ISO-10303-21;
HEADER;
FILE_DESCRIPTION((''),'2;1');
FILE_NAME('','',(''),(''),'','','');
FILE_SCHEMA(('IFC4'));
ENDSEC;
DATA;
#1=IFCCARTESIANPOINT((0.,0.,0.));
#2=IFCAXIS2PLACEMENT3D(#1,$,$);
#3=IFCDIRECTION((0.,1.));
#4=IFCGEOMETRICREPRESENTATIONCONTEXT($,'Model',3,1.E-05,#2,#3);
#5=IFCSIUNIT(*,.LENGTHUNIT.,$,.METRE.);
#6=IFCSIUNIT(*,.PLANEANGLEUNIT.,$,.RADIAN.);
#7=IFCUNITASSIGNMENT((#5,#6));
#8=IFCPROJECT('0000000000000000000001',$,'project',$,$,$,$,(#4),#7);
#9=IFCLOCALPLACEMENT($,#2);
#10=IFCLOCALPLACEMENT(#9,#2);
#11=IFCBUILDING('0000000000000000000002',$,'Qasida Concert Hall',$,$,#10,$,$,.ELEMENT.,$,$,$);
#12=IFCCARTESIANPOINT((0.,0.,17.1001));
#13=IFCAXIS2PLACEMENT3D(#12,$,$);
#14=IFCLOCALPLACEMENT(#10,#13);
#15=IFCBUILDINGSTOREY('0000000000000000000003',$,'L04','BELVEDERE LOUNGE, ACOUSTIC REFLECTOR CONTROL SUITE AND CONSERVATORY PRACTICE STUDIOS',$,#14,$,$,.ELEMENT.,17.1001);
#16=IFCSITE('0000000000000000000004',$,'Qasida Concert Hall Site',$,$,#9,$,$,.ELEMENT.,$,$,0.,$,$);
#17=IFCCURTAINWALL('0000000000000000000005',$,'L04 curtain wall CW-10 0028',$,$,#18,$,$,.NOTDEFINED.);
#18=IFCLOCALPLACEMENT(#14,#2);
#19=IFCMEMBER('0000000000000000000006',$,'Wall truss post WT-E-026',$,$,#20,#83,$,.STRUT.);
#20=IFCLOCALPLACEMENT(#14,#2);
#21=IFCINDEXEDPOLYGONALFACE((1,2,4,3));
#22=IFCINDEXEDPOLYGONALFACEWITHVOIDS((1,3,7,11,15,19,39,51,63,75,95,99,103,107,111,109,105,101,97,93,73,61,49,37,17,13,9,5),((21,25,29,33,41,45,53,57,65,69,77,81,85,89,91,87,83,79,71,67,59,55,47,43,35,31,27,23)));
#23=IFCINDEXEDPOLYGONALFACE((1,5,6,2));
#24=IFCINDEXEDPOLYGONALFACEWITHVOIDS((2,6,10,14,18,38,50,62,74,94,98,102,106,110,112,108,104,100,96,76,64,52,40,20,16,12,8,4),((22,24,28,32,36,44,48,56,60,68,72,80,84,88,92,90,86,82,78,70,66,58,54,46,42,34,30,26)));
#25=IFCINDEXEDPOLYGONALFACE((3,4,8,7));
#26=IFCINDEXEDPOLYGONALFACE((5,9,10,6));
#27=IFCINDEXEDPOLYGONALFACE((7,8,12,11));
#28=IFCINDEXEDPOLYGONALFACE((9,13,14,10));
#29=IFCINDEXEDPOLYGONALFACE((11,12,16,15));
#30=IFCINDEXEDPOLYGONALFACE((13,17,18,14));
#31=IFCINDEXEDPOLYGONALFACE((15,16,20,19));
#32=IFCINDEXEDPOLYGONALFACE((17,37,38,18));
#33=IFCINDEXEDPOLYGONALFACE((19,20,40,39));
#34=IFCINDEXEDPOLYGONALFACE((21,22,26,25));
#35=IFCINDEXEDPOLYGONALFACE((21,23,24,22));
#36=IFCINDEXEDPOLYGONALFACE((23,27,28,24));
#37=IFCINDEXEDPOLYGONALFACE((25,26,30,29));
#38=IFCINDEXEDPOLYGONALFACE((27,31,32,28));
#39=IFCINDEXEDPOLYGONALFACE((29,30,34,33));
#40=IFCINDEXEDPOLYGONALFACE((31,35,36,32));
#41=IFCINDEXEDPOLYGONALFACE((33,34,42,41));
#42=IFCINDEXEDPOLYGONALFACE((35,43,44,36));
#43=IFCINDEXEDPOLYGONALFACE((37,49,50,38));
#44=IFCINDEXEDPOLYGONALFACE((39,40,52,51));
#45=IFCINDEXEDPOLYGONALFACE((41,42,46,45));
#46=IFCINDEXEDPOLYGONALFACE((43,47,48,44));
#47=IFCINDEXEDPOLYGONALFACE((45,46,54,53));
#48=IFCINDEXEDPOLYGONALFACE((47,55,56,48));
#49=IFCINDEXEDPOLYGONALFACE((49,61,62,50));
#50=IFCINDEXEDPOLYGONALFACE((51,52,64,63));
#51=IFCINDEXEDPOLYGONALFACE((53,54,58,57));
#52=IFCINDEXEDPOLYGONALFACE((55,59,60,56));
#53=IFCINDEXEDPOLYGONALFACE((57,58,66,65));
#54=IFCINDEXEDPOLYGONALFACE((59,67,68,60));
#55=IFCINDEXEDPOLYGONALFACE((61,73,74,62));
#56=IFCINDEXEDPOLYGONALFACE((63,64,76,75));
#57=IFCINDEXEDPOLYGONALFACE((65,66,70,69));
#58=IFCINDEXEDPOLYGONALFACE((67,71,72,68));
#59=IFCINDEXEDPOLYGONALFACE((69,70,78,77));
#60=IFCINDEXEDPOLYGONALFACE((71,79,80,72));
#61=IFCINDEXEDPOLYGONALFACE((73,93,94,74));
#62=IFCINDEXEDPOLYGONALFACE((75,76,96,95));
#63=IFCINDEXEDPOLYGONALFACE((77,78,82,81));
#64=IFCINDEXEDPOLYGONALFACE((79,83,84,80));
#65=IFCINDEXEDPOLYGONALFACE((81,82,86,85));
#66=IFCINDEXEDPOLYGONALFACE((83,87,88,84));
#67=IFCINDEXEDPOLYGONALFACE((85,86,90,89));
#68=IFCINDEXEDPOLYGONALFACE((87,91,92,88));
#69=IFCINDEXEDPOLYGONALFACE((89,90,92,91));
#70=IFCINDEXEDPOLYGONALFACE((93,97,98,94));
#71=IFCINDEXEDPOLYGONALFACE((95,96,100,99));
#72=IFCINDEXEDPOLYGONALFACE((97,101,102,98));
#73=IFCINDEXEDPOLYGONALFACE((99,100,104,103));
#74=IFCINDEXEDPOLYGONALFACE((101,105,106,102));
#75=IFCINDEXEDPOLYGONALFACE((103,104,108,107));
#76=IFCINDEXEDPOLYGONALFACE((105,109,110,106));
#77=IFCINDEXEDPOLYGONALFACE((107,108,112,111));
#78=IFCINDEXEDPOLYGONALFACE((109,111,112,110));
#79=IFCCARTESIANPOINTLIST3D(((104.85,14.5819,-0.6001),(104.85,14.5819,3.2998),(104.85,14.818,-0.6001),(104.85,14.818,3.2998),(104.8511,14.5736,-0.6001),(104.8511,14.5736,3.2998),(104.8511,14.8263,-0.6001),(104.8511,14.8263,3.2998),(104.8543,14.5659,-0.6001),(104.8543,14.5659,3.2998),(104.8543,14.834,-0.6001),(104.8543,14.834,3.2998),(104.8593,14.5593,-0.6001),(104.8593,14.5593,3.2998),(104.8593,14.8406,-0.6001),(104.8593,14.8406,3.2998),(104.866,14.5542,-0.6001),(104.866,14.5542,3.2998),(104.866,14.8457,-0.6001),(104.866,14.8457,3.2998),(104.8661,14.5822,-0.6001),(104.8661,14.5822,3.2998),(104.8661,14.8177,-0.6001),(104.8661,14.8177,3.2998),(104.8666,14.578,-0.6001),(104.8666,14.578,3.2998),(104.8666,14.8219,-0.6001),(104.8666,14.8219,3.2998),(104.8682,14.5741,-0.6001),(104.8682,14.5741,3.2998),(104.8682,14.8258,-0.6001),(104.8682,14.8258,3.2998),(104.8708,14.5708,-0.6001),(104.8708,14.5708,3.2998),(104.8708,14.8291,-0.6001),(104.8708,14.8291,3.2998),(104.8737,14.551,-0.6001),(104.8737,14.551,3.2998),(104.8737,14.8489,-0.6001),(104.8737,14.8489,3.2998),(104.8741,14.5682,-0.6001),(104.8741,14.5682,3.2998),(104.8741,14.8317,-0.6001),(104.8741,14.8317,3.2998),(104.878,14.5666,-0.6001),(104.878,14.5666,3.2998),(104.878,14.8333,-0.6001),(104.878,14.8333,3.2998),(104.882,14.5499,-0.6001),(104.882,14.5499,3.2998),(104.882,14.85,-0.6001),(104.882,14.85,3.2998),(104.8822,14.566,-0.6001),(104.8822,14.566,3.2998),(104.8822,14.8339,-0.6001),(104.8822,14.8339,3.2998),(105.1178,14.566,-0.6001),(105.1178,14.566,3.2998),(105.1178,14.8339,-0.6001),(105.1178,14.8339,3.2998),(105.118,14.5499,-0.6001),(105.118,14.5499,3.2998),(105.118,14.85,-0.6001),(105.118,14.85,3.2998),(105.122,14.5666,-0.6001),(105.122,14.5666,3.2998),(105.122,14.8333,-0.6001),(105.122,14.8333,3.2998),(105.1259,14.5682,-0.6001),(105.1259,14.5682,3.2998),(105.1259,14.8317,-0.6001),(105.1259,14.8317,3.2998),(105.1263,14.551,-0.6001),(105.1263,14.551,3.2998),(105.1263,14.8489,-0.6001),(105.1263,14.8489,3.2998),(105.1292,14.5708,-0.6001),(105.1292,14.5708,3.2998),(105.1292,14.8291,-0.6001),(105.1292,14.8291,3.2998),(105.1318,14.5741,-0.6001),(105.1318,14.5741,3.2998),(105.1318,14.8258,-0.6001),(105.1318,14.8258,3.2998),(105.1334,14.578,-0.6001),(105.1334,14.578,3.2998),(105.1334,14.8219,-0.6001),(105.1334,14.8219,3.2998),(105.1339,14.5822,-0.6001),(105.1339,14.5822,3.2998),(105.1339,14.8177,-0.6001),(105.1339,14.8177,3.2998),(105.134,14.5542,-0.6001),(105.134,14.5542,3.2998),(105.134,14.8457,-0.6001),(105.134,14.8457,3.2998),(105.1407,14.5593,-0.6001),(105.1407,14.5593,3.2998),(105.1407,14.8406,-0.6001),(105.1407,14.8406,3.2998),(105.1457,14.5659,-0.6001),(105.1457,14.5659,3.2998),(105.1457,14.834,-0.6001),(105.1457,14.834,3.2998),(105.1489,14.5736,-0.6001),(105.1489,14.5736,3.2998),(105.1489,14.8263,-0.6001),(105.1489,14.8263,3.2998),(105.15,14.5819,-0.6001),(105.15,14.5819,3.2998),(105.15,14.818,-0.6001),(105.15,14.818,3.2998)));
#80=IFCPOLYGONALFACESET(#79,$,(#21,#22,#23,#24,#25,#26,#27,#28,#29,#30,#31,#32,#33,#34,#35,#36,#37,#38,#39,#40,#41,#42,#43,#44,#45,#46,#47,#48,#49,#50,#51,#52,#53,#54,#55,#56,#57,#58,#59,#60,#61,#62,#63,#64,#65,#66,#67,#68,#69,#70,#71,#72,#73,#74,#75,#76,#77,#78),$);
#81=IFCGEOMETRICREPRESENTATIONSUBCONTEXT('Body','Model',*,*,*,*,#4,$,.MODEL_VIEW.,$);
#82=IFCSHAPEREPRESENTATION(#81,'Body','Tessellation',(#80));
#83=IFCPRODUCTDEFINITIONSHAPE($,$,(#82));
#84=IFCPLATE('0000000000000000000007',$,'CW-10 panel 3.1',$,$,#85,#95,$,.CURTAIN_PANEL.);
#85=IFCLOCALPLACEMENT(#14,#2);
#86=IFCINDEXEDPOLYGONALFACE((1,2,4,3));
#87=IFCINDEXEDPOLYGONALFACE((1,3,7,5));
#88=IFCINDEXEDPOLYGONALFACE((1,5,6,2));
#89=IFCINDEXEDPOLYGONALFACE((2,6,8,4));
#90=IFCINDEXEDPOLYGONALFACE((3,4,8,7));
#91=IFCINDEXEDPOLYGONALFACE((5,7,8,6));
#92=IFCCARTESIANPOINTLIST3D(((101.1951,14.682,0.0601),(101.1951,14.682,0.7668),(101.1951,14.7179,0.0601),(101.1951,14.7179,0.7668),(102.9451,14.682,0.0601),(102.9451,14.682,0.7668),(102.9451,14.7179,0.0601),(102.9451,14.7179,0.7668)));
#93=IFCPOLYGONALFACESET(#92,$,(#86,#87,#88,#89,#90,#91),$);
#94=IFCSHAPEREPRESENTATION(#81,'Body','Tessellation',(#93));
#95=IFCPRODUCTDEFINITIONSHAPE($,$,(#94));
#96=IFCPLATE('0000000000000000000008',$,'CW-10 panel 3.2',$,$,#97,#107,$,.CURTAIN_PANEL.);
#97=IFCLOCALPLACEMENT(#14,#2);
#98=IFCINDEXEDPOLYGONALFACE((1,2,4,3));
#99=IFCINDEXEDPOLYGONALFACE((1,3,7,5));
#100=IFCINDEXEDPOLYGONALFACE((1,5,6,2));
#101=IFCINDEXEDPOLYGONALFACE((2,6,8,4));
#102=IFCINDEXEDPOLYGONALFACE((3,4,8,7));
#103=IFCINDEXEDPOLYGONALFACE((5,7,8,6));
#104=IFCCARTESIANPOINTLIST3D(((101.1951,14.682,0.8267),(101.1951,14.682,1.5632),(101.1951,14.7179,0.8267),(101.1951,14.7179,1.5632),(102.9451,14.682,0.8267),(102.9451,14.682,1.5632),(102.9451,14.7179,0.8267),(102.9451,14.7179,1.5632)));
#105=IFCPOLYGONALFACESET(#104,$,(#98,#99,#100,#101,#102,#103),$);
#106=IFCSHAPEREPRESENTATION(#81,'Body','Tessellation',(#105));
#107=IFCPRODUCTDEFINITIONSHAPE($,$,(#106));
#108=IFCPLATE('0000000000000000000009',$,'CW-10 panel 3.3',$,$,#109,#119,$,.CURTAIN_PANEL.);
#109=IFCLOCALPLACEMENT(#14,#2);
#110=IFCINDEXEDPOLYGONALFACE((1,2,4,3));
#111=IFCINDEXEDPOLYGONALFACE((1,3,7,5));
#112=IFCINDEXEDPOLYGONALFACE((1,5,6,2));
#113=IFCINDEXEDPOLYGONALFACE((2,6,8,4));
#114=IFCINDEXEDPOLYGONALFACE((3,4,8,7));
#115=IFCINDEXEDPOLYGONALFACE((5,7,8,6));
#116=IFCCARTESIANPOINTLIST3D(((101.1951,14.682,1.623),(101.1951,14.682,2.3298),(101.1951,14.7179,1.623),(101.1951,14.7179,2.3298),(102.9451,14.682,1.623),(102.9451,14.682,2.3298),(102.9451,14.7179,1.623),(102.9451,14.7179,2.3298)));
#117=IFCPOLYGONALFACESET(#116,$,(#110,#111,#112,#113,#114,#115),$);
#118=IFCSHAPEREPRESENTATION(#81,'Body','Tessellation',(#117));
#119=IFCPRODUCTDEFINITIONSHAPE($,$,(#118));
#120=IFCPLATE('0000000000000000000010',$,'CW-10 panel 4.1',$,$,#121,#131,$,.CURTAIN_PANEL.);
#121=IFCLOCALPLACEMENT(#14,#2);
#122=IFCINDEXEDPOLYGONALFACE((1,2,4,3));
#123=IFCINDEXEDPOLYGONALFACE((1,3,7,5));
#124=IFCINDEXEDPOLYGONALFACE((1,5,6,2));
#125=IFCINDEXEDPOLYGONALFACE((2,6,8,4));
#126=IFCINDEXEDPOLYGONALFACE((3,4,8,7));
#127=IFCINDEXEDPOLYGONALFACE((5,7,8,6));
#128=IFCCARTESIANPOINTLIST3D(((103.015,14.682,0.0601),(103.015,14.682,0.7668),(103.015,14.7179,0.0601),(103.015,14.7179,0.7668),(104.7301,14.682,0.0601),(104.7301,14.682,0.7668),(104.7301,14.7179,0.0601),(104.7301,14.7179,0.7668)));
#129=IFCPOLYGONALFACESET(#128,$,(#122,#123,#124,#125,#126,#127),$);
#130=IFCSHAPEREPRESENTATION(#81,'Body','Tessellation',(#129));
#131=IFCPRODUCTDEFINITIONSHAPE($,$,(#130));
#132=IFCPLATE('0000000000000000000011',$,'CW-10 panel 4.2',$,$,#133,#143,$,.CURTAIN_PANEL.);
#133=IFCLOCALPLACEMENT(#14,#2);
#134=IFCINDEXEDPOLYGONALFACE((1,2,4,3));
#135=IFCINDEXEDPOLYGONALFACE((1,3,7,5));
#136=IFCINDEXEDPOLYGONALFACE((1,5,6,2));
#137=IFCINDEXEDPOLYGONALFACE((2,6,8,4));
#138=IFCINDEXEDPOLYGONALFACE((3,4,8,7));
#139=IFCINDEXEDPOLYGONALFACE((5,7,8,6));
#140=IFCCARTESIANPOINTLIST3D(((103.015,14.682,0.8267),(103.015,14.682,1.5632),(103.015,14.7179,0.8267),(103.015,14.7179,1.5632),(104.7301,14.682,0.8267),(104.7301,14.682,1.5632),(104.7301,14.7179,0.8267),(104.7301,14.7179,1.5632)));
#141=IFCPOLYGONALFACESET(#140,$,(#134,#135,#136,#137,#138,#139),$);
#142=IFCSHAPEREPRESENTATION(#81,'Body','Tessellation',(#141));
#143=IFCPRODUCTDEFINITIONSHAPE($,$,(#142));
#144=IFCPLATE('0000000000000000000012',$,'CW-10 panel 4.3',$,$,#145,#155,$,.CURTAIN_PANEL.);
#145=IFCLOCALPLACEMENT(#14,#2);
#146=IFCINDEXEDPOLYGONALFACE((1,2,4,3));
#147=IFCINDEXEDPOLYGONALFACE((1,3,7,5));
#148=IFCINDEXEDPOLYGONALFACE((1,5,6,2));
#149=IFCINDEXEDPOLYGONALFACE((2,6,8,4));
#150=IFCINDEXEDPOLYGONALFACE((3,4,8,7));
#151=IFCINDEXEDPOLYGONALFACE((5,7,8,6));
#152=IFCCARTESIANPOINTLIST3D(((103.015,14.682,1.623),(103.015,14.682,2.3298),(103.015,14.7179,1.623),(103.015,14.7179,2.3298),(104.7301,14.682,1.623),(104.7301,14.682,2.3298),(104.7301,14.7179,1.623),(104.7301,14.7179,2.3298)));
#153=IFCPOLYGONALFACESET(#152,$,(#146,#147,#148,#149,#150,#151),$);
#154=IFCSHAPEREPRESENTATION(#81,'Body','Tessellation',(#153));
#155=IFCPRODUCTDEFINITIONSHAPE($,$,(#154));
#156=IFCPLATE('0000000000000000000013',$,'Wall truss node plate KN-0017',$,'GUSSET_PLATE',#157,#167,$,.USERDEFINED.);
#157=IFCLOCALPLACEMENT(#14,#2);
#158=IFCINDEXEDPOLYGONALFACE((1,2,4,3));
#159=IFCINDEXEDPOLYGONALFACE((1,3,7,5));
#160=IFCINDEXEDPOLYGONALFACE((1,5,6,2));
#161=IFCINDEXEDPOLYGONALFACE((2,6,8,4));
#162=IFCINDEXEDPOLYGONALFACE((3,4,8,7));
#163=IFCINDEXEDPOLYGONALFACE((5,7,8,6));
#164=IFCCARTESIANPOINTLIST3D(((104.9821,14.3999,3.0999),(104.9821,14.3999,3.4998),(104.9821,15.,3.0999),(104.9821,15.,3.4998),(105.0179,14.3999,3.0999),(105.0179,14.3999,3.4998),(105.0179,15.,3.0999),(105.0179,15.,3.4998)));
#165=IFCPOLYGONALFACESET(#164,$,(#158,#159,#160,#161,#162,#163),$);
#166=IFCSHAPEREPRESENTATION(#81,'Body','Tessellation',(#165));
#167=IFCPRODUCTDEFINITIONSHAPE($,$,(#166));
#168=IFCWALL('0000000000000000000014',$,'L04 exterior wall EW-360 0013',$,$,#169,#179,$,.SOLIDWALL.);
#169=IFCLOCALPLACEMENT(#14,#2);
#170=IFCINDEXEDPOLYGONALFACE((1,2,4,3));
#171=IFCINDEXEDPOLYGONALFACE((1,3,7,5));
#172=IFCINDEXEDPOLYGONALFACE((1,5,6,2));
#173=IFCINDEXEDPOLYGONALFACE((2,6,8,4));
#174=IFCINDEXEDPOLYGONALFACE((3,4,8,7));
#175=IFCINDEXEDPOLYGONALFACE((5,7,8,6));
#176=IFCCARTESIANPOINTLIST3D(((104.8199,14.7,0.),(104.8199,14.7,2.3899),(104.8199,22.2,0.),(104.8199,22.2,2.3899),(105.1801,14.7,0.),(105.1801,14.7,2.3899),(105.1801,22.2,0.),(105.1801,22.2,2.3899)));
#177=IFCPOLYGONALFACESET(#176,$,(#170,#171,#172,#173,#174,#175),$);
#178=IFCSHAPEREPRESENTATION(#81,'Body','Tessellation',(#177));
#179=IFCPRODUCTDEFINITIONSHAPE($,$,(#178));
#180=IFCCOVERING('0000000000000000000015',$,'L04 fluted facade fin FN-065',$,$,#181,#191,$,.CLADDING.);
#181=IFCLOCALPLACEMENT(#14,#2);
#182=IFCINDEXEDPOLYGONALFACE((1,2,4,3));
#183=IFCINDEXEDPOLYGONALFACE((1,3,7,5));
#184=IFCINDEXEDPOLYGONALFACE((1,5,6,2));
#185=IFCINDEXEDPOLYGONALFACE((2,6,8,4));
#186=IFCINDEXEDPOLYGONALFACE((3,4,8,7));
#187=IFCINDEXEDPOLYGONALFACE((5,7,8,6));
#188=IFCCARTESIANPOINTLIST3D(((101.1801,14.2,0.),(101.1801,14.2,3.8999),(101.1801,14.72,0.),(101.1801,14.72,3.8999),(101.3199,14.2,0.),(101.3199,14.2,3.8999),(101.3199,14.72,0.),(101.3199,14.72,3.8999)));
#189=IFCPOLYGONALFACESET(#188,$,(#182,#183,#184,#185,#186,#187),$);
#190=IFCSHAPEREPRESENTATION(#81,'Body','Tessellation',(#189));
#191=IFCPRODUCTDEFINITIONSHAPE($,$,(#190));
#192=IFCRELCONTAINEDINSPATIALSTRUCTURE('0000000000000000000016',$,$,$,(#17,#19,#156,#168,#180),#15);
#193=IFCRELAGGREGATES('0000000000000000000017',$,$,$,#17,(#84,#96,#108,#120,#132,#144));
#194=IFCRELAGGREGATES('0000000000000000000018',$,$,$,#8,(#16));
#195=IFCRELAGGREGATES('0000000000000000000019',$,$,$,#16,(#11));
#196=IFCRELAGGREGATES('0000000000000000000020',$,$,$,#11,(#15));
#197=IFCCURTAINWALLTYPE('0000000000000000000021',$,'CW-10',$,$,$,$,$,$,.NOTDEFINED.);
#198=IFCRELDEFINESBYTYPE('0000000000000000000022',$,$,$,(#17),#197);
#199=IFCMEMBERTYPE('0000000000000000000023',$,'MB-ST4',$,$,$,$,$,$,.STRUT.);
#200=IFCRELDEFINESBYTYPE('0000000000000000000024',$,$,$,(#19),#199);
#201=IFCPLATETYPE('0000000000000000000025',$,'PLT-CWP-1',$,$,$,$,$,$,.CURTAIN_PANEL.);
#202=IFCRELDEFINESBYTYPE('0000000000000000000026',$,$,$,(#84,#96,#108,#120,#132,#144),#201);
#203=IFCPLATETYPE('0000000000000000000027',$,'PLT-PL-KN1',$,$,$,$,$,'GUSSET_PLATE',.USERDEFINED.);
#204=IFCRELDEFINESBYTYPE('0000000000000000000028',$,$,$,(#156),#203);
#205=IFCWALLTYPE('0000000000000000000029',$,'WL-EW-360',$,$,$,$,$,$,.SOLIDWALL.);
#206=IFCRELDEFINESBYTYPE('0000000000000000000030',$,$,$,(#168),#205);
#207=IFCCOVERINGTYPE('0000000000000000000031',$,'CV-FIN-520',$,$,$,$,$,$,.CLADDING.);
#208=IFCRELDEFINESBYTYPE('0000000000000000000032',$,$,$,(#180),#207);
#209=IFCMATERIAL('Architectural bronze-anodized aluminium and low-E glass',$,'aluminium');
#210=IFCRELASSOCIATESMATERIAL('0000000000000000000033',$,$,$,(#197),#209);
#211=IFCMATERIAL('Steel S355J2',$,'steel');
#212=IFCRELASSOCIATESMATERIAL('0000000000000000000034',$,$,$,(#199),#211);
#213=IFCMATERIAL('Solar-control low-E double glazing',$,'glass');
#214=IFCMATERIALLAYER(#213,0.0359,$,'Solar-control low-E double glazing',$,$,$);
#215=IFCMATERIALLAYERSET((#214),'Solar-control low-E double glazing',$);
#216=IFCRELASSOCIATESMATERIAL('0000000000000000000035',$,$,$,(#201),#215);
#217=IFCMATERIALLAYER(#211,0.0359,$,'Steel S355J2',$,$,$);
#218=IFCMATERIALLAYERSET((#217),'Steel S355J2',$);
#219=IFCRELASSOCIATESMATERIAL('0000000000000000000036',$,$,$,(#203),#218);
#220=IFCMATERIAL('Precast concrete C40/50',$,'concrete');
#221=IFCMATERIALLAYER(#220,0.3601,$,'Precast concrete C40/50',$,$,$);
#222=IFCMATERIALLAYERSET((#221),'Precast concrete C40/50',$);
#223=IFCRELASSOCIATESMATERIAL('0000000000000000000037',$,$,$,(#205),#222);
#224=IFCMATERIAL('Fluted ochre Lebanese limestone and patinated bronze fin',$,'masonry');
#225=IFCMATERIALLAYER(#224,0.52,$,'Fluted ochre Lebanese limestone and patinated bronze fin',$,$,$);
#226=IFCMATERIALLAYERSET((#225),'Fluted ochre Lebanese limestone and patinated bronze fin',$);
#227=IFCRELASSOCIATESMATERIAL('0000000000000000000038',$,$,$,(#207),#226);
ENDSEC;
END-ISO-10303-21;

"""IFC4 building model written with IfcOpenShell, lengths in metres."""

from ifc_helpers import new_model, si_unit, direction, frame, frame_2d, origin, origin_2d, place, context, subcontext, project, spatial, rectangle, hollow_rectangle, extrude, material, layer, layer_set, material_profile, profile_set, type_object, element, aggregate, save


model = new_model("IFC4")

# Units and contexts
model_context = context("Model", 3, precision=1e-05, world=origin(), true_north=direction((0.0, 1.0)))
body_context = subcontext(model_context, "Body", "Model", "MODEL_VIEW")
ifc_project = project(units=[si_unit("LENGTHUNIT", "METRE"), si_unit("PLANEANGLEUNIT", "RADIAN")], contexts=[model_context])

# Site, building, storey
site_placement = place(None, origin())
site = spatial("IfcSite", under=ifc_project, at=site_placement, Name="Qasida Concert Hall Site", CompositionType="ELEMENT", RefElevation=0.0)
building_placement = place(site_placement, origin())
building = spatial("IfcBuilding", under=site, at=building_placement, Name="Qasida Concert Hall", CompositionType="ELEMENT")
storey_placement = place(building_placement, frame((0.0, 0.0, 17.1001)))
storey = spatial("IfcBuildingStorey", under=building, at=storey_placement, Name="L04", Description="BELVEDERE LOUNGE, ACOUSTIC REFLECTOR CONTROL SUITE AND CONSERVATORY PRACTICE STUDIOS", CompositionType="ELEMENT", Elevation=17.1001)

# Curtain wall
ifc_material_1 = material(Name="Architectural bronze-anodized aluminium and low-E glass", Category="aluminium")
curtain_wall_type = type_object("IfcCurtainWallType", Name="CW-10", PredefinedType="NOTDEFINED", material=ifc_material_1)
curtain_wall_placement = place(storey_placement, origin())
curtain_wall = element("IfcCurtainWall", 1, at=curtain_wall_placement, inside=storey, type_object=curtain_wall_type, Name="L04 curtain wall CW-10 0028", PredefinedType="NOTDEFINED")

# Member
ifc_material_2 = material(Name="Steel S355J2", Category="steel")
ifc_material_profile_1 = material_profile(ifc_material_2, hollow_rectangle(XDim=0.3, YDim=0.3, WallThickness=0.0161, InnerFilletRadius=0.0161, OuterFilletRadius=0.032, at=origin_2d()), Name="SHS 300x300x16")
ifc_profile_set_1 = profile_set([ifc_material_profile_1], Name="Steel S355J2")
member_type_1 = type_object("IfcMemberType", Name="MB-ST4", PredefinedType="STRUT", material=ifc_profile_set_1)
member_1_placement = place(storey_placement, frame((105.0, 14.7, -0.6001), z_axis=(0.0, 0.0, 1.0), x_axis=(1.0, 0.0, 0.0)))
element("IfcMember", 2, at=member_1_placement, inside=storey, type_object=member_type_1, Name="Wall truss post WT-E-026", PredefinedType="STRUT", context=body_context, shape_type="SweptSolid", body=[
    extrude(hollow_rectangle(XDim=0.3, YDim=0.3, WallThickness=0.0161, InnerFilletRadius=0.0161, OuterFilletRadius=0.032, at=origin_2d()), origin(), (0.0, 0.0, 1.0), 3.8999),
])

# Plates
ifc_material_3 = material(Name="Solar-control low-E double glazing", Category="glass")
ifc_layer_1 = layer(ifc_material_3, 0.0359, Name="Solar-control low-E double glazing")
ifc_layer_set_1 = layer_set([ifc_layer_1], Name="Solar-control low-E double glazing")
plate_type_1 = type_object("IfcPlateType", Name="PLT-CWP-1", PredefinedType="CURTAIN_PANEL", material=ifc_layer_set_1)
plate_1_placement = place(storey_placement, frame((102.0701, 14.7, 0.0601), z_axis=(0.0, 0.0, 1.0), x_axis=(1.0, 0.0, 0.0)))
plate_1 = element("IfcPlate", 3, at=plate_1_placement, type_object=plate_type_1, Name="CW-10 panel 3.1", PredefinedType="CURTAIN_PANEL", context=body_context, shape_type="SweptSolid", body=[
    extrude(rectangle(XDim=1.75, YDim=0.0359, at=origin_2d()), origin(), (0.0, 0.0, 1.0), 0.7068),
])
plate_2_placement = place(storey_placement, frame((102.0701, 14.7, 0.8267), z_axis=(0.0, 0.0, 1.0), x_axis=(1.0, 0.0, 0.0)))
plate_2 = element("IfcPlate", 4, at=plate_2_placement, type_object=plate_type_1, Name="CW-10 panel 3.2", PredefinedType="CURTAIN_PANEL", context=body_context, shape_type="SweptSolid", body=[
    extrude(rectangle(XDim=1.75, YDim=0.0359, at=origin_2d()), origin(), (0.0, 0.0, 1.0), 0.7366),
])
plate_3_placement = place(storey_placement, frame((102.0701, 14.7, 1.623), z_axis=(0.0, 0.0, 1.0), x_axis=(1.0, 0.0, 0.0)))
plate_3 = element("IfcPlate", 5, at=plate_3_placement, type_object=plate_type_1, Name="CW-10 panel 3.3", PredefinedType="CURTAIN_PANEL", context=body_context, shape_type="SweptSolid", body=[
    extrude(rectangle(XDim=1.75, YDim=0.0359, at=origin_2d()), origin(), (0.0, 0.0, 1.0), 0.7068),
])
plate_4_placement = place(storey_placement, frame((103.8726, 14.7, 0.0601), z_axis=(0.0, 0.0, 1.0), x_axis=(1.0, 0.0, 0.0)))
plate_4 = element("IfcPlate", 6, at=plate_4_placement, type_object=plate_type_1, Name="CW-10 panel 4.1", PredefinedType="CURTAIN_PANEL", context=body_context, shape_type="SweptSolid", body=[
    extrude(rectangle(XDim=1.7151, YDim=0.0359, at=origin_2d()), origin(), (0.0, 0.0, 1.0), 0.7068),
])
plate_5_placement = place(storey_placement, frame((103.8726, 14.7, 0.8267), z_axis=(0.0, 0.0, 1.0), x_axis=(1.0, 0.0, 0.0)))
plate_5 = element("IfcPlate", 7, at=plate_5_placement, type_object=plate_type_1, Name="CW-10 panel 4.2", PredefinedType="CURTAIN_PANEL", context=body_context, shape_type="SweptSolid", body=[
    extrude(rectangle(XDim=1.7151, YDim=0.0359, at=origin_2d()), origin(), (0.0, 0.0, 1.0), 0.7366),
])
plate_6_placement = place(storey_placement, frame((103.8726, 14.7, 1.623), z_axis=(0.0, 0.0, 1.0), x_axis=(1.0, 0.0, 0.0)))
plate_6 = element("IfcPlate", 8, at=plate_6_placement, type_object=plate_type_1, Name="CW-10 panel 4.3", PredefinedType="CURTAIN_PANEL", context=body_context, shape_type="SweptSolid", body=[
    extrude(rectangle(XDim=1.7151, YDim=0.0359, at=origin_2d()), origin(), (0.0, 0.0, 1.0), 0.7068),
])
aggregate(curtain_wall, [plate_1, plate_2, plate_3, plate_4, plate_5, plate_6])
ifc_layer_2 = layer(ifc_material_2, 0.0359, Name="Steel S355J2")
ifc_layer_set_2 = layer_set([ifc_layer_2], Name="Steel S355J2")
plate_type_2 = type_object("IfcPlateType", Name="PLT-PL-KN1", ElementType="GUSSET_PLATE", PredefinedType="USERDEFINED", material=ifc_layer_set_2)
plate_7_placement = place(storey_placement, frame((105.0, 14.7, 3.0999), z_axis=(0.0, 0.0, 1.0), x_axis=(1.0, 0.0, 0.0)))
element("IfcPlate", 9, at=plate_7_placement, inside=storey, type_object=plate_type_2, Name="Wall truss node plate KN-0017", ObjectType="GUSSET_PLATE", PredefinedType="USERDEFINED", context=body_context, shape_type="SweptSolid", body=[
    extrude(rectangle(XDim=0.0359, YDim=0.6001, at=origin_2d()), origin(), (0.0, 0.0, 1.0), 0.3999),
])

# Wall
ifc_material_4 = material(Name="Precast concrete C40/50", Category="concrete")
ifc_layer_3 = layer(ifc_material_4, 0.3601, Name="Precast concrete C40/50")
ifc_layer_set_3 = layer_set([ifc_layer_3], Name="Precast concrete C40/50")
wall_type = type_object("IfcWallType", Name="WL-EW-360", PredefinedType="SOLIDWALL", material=ifc_layer_set_3)
wall_placement = place(storey_placement, frame((105.0, 14.7, 0.0), z_axis=(0.0, 0.0, 1.0), x_axis=(0.0, 1.0, 0.0)))
element("IfcWall", 10, at=wall_placement, inside=storey, type_object=wall_type, Name="L04 exterior wall EW-360 0013", PredefinedType="SOLIDWALL", context=body_context, shape_type="SweptSolid", body=[
    extrude(rectangle(XDim=7.5, YDim=0.3601, at=frame_2d((3.75, 0.0))), origin(), (0.0, 0.0, 1.0), 2.3899),
])

# Covering
ifc_material_5 = material(Name="Fluted ochre Lebanese limestone and patinated bronze fin", Category="masonry")
ifc_layer_4 = layer(ifc_material_5, 0.52, Name="Fluted ochre Lebanese limestone and patinated bronze fin")
ifc_layer_set_4 = layer_set([ifc_layer_4], Name="Fluted ochre Lebanese limestone and patinated bronze fin")
covering_type = type_object("IfcCoveringType", Name="CV-FIN-520", PredefinedType="CLADDING", material=ifc_layer_set_4)
for number, where, z_axis, x_axis, name in (
    (11, (101.25, 14.46, 0.0), (0.0, 0.0, 1.0), (1.0, 0.0, 0.0), "L04 fluted facade fin FN-065"),
):
    element("IfcCovering", number, at=place(storey_placement, frame(where, z_axis=z_axis, x_axis=x_axis)), inside=storey, type_object=covering_type, Name=name, PredefinedType="CLADDING", context=body_context, shape_type="SweptSolid", body=[
        extrude(rectangle(XDim=0.1399, YDim=0.52, at=origin_2d()), origin(), (0.0, 0.0, 1.0), 3.8999),
    ])

save(model, "model.ifc")
